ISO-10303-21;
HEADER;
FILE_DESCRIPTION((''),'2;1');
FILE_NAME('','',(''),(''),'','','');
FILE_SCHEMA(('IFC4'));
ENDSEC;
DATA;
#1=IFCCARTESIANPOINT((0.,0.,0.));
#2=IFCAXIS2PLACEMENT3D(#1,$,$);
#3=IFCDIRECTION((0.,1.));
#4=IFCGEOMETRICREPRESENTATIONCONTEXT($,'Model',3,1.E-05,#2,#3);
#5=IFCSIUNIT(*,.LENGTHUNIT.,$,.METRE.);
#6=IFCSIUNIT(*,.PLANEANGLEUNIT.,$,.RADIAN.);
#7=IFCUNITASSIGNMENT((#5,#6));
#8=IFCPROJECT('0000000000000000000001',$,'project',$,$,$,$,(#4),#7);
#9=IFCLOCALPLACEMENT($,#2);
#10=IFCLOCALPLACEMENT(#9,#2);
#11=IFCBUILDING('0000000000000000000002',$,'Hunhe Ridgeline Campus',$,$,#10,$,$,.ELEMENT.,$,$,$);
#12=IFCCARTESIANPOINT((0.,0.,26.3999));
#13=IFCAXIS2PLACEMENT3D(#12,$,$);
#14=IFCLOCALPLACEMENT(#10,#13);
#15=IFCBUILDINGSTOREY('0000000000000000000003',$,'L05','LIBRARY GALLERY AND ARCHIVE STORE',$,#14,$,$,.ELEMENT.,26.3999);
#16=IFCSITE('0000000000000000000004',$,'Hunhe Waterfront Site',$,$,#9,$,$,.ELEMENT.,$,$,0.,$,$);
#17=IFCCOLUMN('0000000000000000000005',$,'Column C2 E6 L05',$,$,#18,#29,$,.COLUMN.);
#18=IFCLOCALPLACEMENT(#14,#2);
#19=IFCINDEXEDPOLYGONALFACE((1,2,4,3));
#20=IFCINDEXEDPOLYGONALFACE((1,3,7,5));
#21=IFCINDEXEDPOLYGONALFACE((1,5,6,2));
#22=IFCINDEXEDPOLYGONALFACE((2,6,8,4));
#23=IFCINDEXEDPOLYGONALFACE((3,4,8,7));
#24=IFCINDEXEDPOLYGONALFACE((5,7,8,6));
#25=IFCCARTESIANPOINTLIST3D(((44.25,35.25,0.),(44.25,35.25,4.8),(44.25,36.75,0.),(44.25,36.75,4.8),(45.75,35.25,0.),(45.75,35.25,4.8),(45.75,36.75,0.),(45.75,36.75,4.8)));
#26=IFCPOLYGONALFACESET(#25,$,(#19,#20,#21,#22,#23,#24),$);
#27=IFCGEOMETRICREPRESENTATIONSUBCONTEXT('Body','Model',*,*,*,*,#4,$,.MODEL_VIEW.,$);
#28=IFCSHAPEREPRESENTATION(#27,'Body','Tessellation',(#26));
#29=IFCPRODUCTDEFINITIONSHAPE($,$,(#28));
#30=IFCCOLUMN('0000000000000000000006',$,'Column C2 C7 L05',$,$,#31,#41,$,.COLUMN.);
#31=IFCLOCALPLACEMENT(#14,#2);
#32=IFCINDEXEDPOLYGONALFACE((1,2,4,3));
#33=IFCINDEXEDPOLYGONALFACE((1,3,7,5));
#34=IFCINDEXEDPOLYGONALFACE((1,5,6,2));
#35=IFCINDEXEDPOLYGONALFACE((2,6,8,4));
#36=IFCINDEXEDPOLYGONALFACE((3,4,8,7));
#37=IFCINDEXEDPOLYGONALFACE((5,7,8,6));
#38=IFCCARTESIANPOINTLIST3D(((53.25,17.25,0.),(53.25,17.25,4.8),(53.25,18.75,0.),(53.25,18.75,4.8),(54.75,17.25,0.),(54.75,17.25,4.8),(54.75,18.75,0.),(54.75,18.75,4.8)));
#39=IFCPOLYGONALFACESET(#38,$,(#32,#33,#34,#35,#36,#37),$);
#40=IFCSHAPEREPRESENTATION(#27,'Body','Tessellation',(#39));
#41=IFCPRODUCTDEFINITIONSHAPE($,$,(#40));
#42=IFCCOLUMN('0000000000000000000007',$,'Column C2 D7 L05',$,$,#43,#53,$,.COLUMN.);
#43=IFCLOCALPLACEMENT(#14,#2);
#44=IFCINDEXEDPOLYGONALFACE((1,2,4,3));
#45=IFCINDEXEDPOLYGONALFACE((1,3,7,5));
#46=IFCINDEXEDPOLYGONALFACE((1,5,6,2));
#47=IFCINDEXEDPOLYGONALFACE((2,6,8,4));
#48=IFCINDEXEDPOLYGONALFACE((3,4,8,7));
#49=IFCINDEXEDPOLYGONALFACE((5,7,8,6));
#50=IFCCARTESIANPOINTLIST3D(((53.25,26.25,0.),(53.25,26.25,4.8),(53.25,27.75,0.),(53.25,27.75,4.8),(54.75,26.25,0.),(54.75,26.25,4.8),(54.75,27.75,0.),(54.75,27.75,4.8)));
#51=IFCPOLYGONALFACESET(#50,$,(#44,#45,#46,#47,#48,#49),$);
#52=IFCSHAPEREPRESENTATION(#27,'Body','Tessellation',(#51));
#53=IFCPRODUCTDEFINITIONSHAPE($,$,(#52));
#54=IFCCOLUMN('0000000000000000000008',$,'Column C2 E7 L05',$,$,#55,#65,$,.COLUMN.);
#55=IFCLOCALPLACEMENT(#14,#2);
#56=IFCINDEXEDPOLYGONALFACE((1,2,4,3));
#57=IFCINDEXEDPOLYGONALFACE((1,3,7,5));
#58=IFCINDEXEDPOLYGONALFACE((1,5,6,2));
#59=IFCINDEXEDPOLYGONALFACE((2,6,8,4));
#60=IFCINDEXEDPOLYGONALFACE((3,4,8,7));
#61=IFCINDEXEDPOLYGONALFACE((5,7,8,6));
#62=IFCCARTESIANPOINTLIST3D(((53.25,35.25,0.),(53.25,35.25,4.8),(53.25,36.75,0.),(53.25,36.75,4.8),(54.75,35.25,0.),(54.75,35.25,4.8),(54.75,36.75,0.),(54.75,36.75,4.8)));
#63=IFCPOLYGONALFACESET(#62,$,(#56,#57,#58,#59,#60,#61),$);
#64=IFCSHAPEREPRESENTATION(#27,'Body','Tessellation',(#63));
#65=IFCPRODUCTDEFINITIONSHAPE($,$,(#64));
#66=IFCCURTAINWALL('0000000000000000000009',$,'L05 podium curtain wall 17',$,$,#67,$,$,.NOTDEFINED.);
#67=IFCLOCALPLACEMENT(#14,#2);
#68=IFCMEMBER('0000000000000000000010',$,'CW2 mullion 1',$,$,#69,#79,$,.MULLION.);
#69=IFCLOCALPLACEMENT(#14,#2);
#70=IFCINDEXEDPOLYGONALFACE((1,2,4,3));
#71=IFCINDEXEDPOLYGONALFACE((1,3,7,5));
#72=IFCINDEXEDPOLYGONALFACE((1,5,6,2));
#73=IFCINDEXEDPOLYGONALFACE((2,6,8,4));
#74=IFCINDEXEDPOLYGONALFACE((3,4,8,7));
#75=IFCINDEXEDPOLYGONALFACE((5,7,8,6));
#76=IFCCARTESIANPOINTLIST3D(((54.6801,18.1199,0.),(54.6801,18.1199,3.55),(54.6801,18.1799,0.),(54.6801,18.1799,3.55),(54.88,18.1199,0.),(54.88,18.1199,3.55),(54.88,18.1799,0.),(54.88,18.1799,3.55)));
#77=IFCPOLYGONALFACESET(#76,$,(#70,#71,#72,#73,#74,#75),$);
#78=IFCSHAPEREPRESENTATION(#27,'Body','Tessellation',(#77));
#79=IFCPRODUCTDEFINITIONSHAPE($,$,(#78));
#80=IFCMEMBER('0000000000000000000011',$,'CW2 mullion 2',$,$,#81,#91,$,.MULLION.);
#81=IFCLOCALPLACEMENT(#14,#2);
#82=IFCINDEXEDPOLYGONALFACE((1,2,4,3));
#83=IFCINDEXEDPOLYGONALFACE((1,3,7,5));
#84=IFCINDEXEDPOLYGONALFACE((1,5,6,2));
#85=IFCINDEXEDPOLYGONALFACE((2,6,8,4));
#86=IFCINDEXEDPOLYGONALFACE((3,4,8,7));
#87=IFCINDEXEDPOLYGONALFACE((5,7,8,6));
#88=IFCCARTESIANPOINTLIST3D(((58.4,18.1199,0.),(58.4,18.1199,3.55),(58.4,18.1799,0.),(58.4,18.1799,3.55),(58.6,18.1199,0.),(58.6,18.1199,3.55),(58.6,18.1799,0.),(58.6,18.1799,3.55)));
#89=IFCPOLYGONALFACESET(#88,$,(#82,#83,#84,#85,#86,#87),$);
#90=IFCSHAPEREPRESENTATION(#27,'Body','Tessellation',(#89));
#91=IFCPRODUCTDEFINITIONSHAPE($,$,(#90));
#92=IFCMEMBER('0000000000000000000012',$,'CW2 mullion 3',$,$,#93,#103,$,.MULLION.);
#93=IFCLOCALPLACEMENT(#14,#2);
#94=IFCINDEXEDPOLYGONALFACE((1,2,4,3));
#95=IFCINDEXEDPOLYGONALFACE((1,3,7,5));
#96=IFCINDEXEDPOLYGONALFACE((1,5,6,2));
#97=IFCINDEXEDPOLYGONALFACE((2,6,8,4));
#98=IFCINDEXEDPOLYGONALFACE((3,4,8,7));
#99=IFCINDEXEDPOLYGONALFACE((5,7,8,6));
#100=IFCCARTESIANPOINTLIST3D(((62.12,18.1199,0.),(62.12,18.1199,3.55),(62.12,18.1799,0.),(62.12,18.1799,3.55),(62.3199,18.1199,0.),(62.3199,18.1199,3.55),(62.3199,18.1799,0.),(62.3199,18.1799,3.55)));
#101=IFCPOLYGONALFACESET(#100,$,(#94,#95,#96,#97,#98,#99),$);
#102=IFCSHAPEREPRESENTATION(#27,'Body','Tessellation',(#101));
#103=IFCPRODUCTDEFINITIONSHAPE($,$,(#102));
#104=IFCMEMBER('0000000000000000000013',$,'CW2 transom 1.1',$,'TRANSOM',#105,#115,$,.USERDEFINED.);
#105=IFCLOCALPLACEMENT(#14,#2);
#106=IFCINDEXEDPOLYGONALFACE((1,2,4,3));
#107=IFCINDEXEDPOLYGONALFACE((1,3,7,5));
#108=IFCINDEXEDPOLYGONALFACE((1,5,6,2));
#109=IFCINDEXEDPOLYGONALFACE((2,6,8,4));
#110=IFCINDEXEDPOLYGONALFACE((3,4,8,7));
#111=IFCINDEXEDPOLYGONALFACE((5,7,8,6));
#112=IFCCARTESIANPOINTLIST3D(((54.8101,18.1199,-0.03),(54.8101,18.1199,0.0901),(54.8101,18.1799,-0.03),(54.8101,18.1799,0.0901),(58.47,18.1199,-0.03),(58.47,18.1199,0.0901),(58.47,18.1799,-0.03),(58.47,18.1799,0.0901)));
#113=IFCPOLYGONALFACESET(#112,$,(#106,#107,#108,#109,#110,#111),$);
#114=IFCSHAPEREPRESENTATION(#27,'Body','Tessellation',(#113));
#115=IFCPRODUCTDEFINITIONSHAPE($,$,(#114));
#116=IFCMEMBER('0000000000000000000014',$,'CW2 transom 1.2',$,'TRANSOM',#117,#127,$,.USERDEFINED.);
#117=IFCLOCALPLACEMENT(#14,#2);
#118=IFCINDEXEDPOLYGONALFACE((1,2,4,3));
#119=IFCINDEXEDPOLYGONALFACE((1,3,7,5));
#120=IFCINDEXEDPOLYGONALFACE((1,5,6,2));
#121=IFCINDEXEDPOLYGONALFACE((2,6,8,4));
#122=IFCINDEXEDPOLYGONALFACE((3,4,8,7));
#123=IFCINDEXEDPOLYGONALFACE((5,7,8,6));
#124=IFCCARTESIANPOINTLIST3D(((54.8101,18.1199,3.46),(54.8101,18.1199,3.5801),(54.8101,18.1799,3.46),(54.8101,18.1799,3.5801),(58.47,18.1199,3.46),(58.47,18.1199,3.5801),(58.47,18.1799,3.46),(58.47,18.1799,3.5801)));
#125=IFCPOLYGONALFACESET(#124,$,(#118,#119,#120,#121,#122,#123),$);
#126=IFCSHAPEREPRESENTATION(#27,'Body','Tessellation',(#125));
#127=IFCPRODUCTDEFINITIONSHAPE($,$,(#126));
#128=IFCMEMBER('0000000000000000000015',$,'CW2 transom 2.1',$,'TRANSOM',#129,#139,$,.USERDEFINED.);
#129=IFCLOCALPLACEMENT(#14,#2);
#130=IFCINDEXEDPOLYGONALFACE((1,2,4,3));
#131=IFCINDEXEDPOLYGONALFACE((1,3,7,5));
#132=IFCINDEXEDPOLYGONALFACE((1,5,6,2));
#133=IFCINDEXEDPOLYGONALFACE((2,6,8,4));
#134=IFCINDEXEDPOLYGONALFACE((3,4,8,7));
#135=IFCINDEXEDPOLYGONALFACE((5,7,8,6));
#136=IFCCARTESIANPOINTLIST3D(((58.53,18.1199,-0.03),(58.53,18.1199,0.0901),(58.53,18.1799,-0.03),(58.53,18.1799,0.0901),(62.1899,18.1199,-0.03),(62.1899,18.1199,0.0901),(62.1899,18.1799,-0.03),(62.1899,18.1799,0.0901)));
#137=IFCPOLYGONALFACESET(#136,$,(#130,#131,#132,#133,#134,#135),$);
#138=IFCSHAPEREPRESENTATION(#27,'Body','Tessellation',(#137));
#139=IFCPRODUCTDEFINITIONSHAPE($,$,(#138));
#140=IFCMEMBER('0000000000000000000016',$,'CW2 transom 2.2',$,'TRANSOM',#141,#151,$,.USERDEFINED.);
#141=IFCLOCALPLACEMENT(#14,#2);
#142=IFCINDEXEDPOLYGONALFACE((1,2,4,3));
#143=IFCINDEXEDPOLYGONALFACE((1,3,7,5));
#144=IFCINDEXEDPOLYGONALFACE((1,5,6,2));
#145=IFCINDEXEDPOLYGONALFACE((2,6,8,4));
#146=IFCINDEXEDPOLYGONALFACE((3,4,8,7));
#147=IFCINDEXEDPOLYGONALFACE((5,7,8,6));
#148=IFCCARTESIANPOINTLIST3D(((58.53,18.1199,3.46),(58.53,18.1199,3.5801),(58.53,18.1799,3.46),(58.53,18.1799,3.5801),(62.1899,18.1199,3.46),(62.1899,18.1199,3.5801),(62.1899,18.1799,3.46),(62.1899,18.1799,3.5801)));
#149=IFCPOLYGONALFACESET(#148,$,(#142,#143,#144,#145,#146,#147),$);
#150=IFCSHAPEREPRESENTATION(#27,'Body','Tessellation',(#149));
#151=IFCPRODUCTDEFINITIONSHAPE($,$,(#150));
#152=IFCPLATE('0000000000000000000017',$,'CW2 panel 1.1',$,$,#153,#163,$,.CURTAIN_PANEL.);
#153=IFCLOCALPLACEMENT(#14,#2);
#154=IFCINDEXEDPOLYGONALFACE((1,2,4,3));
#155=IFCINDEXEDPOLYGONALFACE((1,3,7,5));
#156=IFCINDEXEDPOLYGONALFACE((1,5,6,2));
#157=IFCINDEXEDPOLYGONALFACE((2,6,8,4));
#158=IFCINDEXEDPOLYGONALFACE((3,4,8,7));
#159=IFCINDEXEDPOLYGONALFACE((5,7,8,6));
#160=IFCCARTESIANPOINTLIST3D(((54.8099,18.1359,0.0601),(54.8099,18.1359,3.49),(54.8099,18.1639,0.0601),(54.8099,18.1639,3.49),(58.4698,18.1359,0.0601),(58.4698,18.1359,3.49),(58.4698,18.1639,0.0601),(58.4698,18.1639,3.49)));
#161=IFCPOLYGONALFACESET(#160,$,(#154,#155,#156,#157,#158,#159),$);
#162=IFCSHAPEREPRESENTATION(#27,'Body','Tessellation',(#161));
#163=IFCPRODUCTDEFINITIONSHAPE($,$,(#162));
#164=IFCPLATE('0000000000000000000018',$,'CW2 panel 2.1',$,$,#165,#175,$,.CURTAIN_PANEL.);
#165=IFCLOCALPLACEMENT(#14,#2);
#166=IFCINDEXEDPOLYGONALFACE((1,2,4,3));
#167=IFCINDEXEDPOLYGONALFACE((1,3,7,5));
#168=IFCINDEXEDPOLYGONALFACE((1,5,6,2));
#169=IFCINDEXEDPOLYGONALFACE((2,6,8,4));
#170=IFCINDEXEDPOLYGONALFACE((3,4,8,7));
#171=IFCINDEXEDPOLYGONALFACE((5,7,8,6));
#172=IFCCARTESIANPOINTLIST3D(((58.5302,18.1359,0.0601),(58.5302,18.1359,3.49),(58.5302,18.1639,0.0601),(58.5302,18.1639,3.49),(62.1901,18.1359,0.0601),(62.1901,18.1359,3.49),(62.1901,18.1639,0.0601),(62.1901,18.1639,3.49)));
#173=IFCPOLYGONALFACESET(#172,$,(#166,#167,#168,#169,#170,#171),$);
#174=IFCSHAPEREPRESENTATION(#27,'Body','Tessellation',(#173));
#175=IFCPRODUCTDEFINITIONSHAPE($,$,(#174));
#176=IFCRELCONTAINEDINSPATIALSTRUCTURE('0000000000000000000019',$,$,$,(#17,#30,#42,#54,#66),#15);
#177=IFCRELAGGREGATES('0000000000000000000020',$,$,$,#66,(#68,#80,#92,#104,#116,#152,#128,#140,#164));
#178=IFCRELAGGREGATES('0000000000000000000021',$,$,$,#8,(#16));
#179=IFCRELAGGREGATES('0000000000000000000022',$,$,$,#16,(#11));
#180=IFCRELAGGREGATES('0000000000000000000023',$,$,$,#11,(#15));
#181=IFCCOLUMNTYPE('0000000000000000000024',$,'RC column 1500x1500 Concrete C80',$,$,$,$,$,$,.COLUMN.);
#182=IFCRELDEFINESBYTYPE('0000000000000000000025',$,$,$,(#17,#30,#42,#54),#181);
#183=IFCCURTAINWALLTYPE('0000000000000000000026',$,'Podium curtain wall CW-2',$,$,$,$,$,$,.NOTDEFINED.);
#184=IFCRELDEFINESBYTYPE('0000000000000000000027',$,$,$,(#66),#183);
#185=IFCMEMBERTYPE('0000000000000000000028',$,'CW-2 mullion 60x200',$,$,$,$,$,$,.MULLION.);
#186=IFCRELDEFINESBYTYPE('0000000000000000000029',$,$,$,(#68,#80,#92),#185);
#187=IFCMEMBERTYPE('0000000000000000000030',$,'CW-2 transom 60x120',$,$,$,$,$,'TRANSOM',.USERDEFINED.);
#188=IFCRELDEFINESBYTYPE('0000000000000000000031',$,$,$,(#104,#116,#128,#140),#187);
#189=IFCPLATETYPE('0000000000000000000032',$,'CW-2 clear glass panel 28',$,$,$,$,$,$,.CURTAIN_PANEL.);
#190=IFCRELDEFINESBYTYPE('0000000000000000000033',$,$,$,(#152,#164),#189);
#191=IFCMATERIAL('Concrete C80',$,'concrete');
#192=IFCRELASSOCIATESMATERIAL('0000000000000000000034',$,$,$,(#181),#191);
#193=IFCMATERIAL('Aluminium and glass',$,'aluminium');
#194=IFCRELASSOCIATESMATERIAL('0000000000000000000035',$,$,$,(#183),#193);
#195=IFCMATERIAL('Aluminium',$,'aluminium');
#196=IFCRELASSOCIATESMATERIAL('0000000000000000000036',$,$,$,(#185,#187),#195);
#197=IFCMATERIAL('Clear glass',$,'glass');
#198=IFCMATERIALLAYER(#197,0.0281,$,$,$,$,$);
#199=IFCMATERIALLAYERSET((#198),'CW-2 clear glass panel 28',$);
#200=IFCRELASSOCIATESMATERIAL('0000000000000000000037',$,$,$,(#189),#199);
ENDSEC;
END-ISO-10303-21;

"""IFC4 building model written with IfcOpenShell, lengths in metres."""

from ifc_helpers import new_model, si_unit, direction, frame, origin, origin_2d, place, context, subcontext, project, spatial, rectangle, extrude, material, layer, layer_set, material_profile, profile_set, type_object, element, aggregate, save


model = new_model("IFC4")

# Units and contexts
model_context = context("Model", 3, precision=1e-05, world=origin(), true_north=direction((0.0, 1.0)))
body_context = subcontext(model_context, "Body", "Model", "MODEL_VIEW")
ifc_project = project(units=[si_unit("LENGTHUNIT", "METRE"), si_unit("PLANEANGLEUNIT", "RADIAN")], contexts=[model_context])

# Site, building, storey
site_placement = place(None, origin())
site = spatial("IfcSite", under=ifc_project, at=site_placement, Name="Hunhe Waterfront Site", CompositionType="ELEMENT", RefElevation=0.0)
building_placement = place(site_placement, origin())
building = spatial("IfcBuilding", under=site, at=building_placement, Name="Hunhe Ridgeline Campus", CompositionType="ELEMENT")
storey_placement = place(building_placement, frame((0.0, 0.0, 26.3999)))
storey = spatial("IfcBuildingStorey", under=building, at=storey_placement, Name="L05", Description="LIBRARY GALLERY AND ARCHIVE STORE", CompositionType="ELEMENT", Elevation=26.3999)

# Columns
ifc_material_1 = material(Name="Concrete C80", Category="concrete")
ifc_material_profile_1 = material_profile(ifc_material_1, rectangle(XDim=1.5, YDim=1.5, at=origin_2d()))
ifc_profile_set_1 = profile_set([ifc_material_profile_1], Name="Concrete C80")
column_type = type_object("IfcColumnType", Name="RC column 1500x1500 Concrete C80", PredefinedType="COLUMN", material=ifc_profile_set_1)
for number, where, z_axis, x_axis, name in (
    (1, (45.0, 36.0, 0.0), (0.0, 0.0, 1.0), (1.0, 0.0, 0.0), "Column C2 E6 L05"),
    (2, (54.0, 18.0, 0.0), (0.0, 0.0, 1.0), (1.0, 0.0, 0.0), "Column C2 C7 L05"),
    (3, (54.0, 27.0, 0.0), (0.0, 0.0, 1.0), (1.0, 0.0, 0.0), "Column C2 D7 L05"),
    (4, (54.0, 36.0, 0.0), (0.0, 0.0, 1.0), (1.0, 0.0, 0.0), "Column C2 E7 L05"),
):
    element("IfcColumn", number, at=place(storey_placement, frame(where, z_axis=z_axis, x_axis=x_axis)), inside=storey, type_object=column_type, Name=name, PredefinedType="COLUMN", context=body_context, shape_type="SweptSolid", body=[
        extrude(rectangle(XDim=1.5, YDim=1.5, at=origin_2d()), origin(), (0.0, 0.0, 1.0), 4.8),
    ])

# Curtain wall, members, plates
ifc_material_2 = material(Name="Aluminium and glass", Category="aluminium")
curtain_wall_type = type_object("IfcCurtainWallType", Name="Podium curtain wall CW-2", PredefinedType="NOTDEFINED", material=ifc_material_2)
curtain_wall_placement = place(storey_placement, origin())
curtain_wall = element("IfcCurtainWall", 5, at=curtain_wall_placement, inside=storey, type_object=curtain_wall_type, Name="L05 podium curtain wall 17", PredefinedType="NOTDEFINED")
ifc_material_3 = material(Name="Aluminium", Category="aluminium")
ifc_material_profile_2 = material_profile(ifc_material_3, rectangle(XDim=0.0601, YDim=0.2, at=origin_2d()))
ifc_profile_set_2 = profile_set([ifc_material_profile_2], Name="Aluminium")
member_type_1 = type_object("IfcMemberType", Name="CW-2 mullion 60x200", PredefinedType="MULLION", material=ifc_profile_set_2)
member_1_placement = place(storey_placement, frame((54.78, 18.1499, 0.0), z_axis=(0.0, 0.0, 1.0), x_axis=(0.0, 1.0, 0.0)))
member_1 = element("IfcMember", 6, at=member_1_placement, type_object=member_type_1, Name="CW2 mullion 1", PredefinedType="MULLION", context=body_context, shape_type="SweptSolid", body=[
    extrude(rectangle(XDim=0.0601, YDim=0.2, at=origin_2d()), origin(), (0.0, 0.0, 1.0), 3.55),
])
member_2_placement = place(storey_placement, frame((58.5, 18.1499, 0.0), z_axis=(0.0, 0.0, 1.0), x_axis=(0.0, 1.0, 0.0)))
member_2 = element("IfcMember", 7, at=member_2_placement, type_object=member_type_1, Name="CW2 mullion 2", PredefinedType="MULLION", context=body_context, shape_type="SweptSolid", body=[
    extrude(rectangle(XDim=0.0601, YDim=0.2, at=origin_2d()), origin(), (0.0, 0.0, 1.0), 3.55),
])
member_3_placement = place(storey_placement, frame((62.22, 18.1499, 0.0), z_axis=(0.0, 0.0, 1.0), x_axis=(0.0, 1.0, 0.0)))
member_3 = element("IfcMember", 8, at=member_3_placement, type_object=member_type_1, Name="CW2 mullion 3", PredefinedType="MULLION", context=body_context, shape_type="SweptSolid", body=[
    extrude(rectangle(XDim=0.0601, YDim=0.2, at=origin_2d()), origin(), (0.0, 0.0, 1.0), 3.55),
])
ifc_material_profile_3 = material_profile(ifc_material_3, rectangle(XDim=0.0601, YDim=0.1201, at=origin_2d()))
ifc_profile_set_3 = profile_set([ifc_material_profile_3], Name="Aluminium")
member_type_2 = type_object("IfcMemberType", Name="CW-2 transom 60x120", ElementType="TRANSOM", PredefinedType="USERDEFINED", material=ifc_profile_set_3)
member_4_placement = place(storey_placement, frame((54.8101, 18.1499, 0.03), z_axis=(1.0, 0.0, 0.0), x_axis=(0.0, 1.0, 0.0)))
member_4 = element("IfcMember", 9, at=member_4_placement, type_object=member_type_2, Name="CW2 transom 1.1", ObjectType="TRANSOM", PredefinedType="USERDEFINED", context=body_context, shape_type="SweptSolid", body=[
    extrude(rectangle(XDim=0.0601, YDim=0.1201, at=origin_2d()), origin(), (0.0, 0.0, 1.0), 3.6599),
])
member_5_placement = place(storey_placement, frame((54.8101, 18.1499, 3.52), z_axis=(1.0, 0.0, 0.0), x_axis=(0.0, 1.0, 0.0)))
member_5 = element("IfcMember", 10, at=member_5_placement, type_object=member_type_2, Name="CW2 transom 1.2", ObjectType="TRANSOM", PredefinedType="USERDEFINED", context=body_context, shape_type="SweptSolid", body=[
    extrude(rectangle(XDim=0.0601, YDim=0.1201, at=origin_2d()), origin(), (0.0, 0.0, 1.0), 3.6599),
])
member_6_placement = place(storey_placement, frame((58.53, 18.1499, 0.03), z_axis=(1.0, 0.0, 0.0), x_axis=(0.0, 1.0, 0.0)))
member_6 = element("IfcMember", 11, at=member_6_placement, type_object=member_type_2, Name="CW2 transom 2.1", ObjectType="TRANSOM", PredefinedType="USERDEFINED", context=body_context, shape_type="SweptSolid", body=[
    extrude(rectangle(XDim=0.0601, YDim=0.1201, at=origin_2d()), origin(), (0.0, 0.0, 1.0), 3.6599),
])
member_7_placement = place(storey_placement, frame((58.53, 18.1499, 3.52), z_axis=(1.0, 0.0, 0.0), x_axis=(0.0, 1.0, 0.0)))
member_7 = element("IfcMember", 12, at=member_7_placement, type_object=member_type_2, Name="CW2 transom 2.2", ObjectType="TRANSOM", PredefinedType="USERDEFINED", context=body_context, shape_type="SweptSolid", body=[
    extrude(rectangle(XDim=0.0601, YDim=0.1201, at=origin_2d()), origin(), (0.0, 0.0, 1.0), 3.6599),
])
ifc_material_4 = material(Name="Clear glass", Category="glass")
ifc_layer_1 = layer(ifc_material_4, 0.0281)
ifc_layer_set_1 = layer_set([ifc_layer_1], Name="CW-2 clear glass panel 28")
plate_type = type_object("IfcPlateType", Name="CW-2 clear glass panel 28", PredefinedType="CURTAIN_PANEL", material=ifc_layer_set_1)
plate_1_placement = place(storey_placement, frame((56.6399, 18.1499, 0.0601), z_axis=(0.0, 0.0, 1.0), x_axis=(1.0, 0.0, 0.0)))
plate_1 = element("IfcPlate", 13, at=plate_1_placement, type_object=plate_type, Name="CW2 panel 1.1", PredefinedType="CURTAIN_PANEL", context=body_context, shape_type="SweptSolid", body=[
    extrude(rectangle(XDim=3.6599, YDim=0.0281, at=origin_2d()), origin(), (0.0, 0.0, 1.0), 3.4299),
])
plate_2_placement = place(storey_placement, frame((60.3601, 18.1499, 0.0601), z_axis=(0.0, 0.0, 1.0), x_axis=(1.0, 0.0, 0.0)))
plate_2 = element("IfcPlate", 14, at=plate_2_placement, type_object=plate_type, Name="CW2 panel 2.1", PredefinedType="CURTAIN_PANEL", context=body_context, shape_type="SweptSolid", body=[
    extrude(rectangle(XDim=3.6599, YDim=0.0281, at=origin_2d()), origin(), (0.0, 0.0, 1.0), 3.4299),
])
aggregate(curtain_wall, [member_1, member_2, member_3, member_4, member_5, plate_1, member_6, member_7, plate_2])

save(model, "model.ifc")
